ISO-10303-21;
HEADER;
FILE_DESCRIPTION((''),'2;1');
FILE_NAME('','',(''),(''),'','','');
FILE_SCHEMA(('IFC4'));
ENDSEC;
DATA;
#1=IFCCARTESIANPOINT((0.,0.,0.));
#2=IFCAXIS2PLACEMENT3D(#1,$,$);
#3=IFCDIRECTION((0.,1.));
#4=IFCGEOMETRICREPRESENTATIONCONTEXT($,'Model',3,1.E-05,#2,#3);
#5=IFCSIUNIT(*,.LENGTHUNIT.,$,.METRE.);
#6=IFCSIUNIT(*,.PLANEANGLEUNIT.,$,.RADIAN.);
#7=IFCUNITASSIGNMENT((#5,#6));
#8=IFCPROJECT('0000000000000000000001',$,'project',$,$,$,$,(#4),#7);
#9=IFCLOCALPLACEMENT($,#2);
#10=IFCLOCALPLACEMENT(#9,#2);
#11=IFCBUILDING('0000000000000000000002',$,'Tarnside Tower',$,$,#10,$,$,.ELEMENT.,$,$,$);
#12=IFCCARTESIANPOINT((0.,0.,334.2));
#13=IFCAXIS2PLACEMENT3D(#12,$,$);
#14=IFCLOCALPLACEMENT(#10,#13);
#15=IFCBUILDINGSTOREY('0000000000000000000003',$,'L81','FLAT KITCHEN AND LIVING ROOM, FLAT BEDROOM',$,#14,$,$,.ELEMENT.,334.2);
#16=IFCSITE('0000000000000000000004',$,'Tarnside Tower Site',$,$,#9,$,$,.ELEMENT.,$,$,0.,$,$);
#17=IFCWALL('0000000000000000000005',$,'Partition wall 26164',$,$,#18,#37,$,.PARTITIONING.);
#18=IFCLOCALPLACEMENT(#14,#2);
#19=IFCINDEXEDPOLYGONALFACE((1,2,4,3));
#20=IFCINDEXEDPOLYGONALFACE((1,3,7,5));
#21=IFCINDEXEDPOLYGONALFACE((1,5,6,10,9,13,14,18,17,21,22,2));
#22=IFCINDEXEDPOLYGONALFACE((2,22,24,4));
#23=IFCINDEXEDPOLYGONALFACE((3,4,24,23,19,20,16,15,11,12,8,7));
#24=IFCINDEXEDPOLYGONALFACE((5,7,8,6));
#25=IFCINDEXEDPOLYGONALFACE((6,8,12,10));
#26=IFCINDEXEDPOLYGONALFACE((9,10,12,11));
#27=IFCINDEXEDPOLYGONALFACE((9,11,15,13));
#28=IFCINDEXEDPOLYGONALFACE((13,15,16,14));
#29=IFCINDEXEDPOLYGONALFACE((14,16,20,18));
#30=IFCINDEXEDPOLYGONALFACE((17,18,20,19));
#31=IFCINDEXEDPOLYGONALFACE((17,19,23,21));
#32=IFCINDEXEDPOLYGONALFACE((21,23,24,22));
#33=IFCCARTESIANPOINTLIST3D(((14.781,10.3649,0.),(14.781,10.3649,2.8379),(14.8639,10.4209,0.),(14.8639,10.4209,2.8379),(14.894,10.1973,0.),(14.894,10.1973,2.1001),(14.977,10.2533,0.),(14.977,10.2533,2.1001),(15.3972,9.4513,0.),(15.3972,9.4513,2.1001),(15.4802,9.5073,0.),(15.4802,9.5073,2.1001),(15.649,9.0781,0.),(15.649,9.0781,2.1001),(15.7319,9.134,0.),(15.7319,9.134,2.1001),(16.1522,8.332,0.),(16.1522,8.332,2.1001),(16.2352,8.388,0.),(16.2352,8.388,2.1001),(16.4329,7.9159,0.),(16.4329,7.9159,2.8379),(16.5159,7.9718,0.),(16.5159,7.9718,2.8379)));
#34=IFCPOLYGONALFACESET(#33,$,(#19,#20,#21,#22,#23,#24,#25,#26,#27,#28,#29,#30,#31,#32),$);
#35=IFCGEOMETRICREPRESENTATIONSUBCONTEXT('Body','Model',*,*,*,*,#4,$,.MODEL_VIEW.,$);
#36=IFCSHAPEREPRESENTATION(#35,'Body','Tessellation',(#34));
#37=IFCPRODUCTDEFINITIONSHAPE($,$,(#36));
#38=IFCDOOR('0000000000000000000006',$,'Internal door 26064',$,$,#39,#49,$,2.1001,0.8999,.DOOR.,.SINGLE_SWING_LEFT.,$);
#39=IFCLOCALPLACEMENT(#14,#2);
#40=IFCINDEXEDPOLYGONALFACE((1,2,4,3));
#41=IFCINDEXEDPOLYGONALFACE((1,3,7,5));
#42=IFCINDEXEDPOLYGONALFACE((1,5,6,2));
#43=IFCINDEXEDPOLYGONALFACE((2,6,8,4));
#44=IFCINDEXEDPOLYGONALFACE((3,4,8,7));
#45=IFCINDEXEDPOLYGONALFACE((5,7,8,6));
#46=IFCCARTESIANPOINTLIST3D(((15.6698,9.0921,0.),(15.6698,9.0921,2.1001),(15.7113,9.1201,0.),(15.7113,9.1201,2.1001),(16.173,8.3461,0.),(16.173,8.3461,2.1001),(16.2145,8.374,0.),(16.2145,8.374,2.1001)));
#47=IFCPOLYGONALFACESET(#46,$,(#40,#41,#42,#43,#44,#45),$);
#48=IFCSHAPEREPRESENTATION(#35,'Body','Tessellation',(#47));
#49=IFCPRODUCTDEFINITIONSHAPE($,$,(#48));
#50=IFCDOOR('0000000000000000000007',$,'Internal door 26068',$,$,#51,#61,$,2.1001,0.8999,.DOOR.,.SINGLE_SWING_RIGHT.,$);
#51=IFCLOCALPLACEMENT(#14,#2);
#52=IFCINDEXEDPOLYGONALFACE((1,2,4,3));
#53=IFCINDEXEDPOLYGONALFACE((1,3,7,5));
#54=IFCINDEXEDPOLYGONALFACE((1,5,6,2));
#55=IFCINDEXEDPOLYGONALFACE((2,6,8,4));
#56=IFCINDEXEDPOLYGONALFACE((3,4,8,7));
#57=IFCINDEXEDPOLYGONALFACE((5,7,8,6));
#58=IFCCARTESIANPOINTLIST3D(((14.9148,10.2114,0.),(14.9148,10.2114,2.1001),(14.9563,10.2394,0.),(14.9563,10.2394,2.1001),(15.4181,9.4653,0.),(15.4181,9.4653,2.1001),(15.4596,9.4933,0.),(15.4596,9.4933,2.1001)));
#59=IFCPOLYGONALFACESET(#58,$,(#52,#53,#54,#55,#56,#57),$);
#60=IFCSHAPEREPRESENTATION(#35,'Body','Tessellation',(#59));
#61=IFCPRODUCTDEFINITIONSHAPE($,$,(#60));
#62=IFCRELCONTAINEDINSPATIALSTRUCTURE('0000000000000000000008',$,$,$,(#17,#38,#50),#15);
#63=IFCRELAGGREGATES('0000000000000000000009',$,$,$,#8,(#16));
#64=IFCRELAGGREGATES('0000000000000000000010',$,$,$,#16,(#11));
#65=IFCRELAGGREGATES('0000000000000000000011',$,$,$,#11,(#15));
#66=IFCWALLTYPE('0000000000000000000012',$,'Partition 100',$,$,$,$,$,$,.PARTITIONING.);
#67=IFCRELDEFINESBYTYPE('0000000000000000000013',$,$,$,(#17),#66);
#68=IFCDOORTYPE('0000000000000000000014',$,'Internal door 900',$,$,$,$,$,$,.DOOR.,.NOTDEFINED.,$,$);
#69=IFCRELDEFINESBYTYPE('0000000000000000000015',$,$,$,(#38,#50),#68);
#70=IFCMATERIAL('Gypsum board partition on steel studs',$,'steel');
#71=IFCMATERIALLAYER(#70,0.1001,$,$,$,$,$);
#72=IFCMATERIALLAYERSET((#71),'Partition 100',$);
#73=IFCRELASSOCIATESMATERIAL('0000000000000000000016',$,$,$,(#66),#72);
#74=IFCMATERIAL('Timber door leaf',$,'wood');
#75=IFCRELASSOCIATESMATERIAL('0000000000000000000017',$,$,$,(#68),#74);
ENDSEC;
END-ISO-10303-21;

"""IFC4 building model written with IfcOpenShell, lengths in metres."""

from ifc_helpers import new_model, si_unit, direction, frame, frame_2d, origin, place, context, subcontext, project, spatial, rectangle, extrude, material, layer, layer_set, type_object, element, fill, save


model = new_model("IFC4")

# Units and contexts
model_context = context("Model", 3, precision=1e-05, world=origin(), true_north=direction((0.0, 1.0)))
body_context = subcontext(model_context, "Body", "Model", "MODEL_VIEW")
ifc_project = project(units=[si_unit("LENGTHUNIT", "METRE"), si_unit("PLANEANGLEUNIT", "RADIAN")], contexts=[model_context])

# Site, building, storey
site_placement = place(None, origin())
site = spatial("IfcSite", under=ifc_project, at=site_placement, Name="Tarnside Tower Site", CompositionType="ELEMENT", RefElevation=0.0)
building_placement = place(site_placement, origin())
building = spatial("IfcBuilding", under=site, at=building_placement, Name="Tarnside Tower", CompositionType="ELEMENT")
storey_placement = place(building_placement, frame((0.0, 0.0, 334.2)))
storey = spatial("IfcBuildingStorey", under=building, at=storey_placement, Name="L81", Description="FLAT KITCHEN AND LIVING ROOM, FLAT BEDROOM", CompositionType="ELEMENT", Elevation=334.2)

# Shared definitions
ifc_material_1 = material(Name="Gypsum board partition on steel studs", Category="steel")

# Shared definitions
ifc_material_2 = material(Name="Timber door leaf", Category="wood")

# Shared definitions
ifc_layer_1 = layer(ifc_material_1, 0.1001)
ifc_layer_set_1 = layer_set([ifc_layer_1], Name="Partition 100")
wall_type_1 = type_object("IfcWallType", Name="Partition 100", PredefinedType="PARTITIONING", material=ifc_layer_set_1)
door_type_1 = type_object("IfcDoorType", Name="Internal door 900", OperationType="NOTDEFINED", PredefinedType="DOOR", material=ifc_material_2)

# Wall, openings, doors
wall_1_placement = place(storey_placement, frame((16.4744, 7.9438, 0.0), z_axis=(0.0, 0.0, 1.0), x_axis=(-0.559193, 0.829037, 0.0)))
wall_1 = element("IfcWall", 1, at=wall_1_placement, inside=storey, type_object=wall_type_1, Name="Partition wall 26164", PredefinedType="PARTITIONING", context=body_context, shape_type="SweptSolid", body=[
    extrude(rectangle(XDim=2.9541, YDim=0.1001, at=frame_2d((1.4771, 0.0))), origin(), (0.0, 0.0, 1.0), 2.8379),
])
opening_1_placement = place(wall_1_placement, frame((0.502, 0.0, 0.0)))
opening_1 = element("IfcOpeningElement", 2, at=opening_1_placement, cuts=wall_1, PredefinedType="OPENING", context=body_context, shape_type="SweptSolid", body=[
    extrude(rectangle(XDim=0.8999, YDim=2.1001, at=frame_2d((0.45, 1.05))), frame((0.0, 0.0601, 0.0), z_axis=(0.0, -1.0, 0.0), x_axis=(1.0, 0.0, 0.0)), (0.0, 0.0, 1.0), 0.1201),
])
opening_2_placement = place(wall_1_placement, frame((1.8521, 0.0, 0.0)))
opening_2 = element("IfcOpeningElement", 3, at=opening_2_placement, cuts=wall_1, PredefinedType="OPENING", context=body_context, shape_type="SweptSolid", body=[
    extrude(rectangle(XDim=0.8999, YDim=2.1001, at=frame_2d((0.45, 1.05))), frame((0.0, 0.0601, 0.0), z_axis=(0.0, -1.0, 0.0), x_axis=(1.0, 0.0, 0.0)), (0.0, 0.0, 1.0), 0.1201),
])
door_1_placement = place(opening_1_placement, origin())
door_1 = element("IfcDoor", 4, at=door_1_placement, inside=storey, type_object=door_type_1, Name="Internal door 26064", OperationType="SINGLE_SWING_LEFT", OverallHeight=2.1001, OverallWidth=0.8999, PredefinedType="DOOR", context=body_context, shape_type="SweptSolid", body=[
    extrude(rectangle(XDim=0.8999, YDim=2.1001, at=frame_2d((0.45, 1.05))), frame((0.0, 0.0249, 0.0), z_axis=(0.0, -1.0, 0.0), x_axis=(1.0, 0.0, 0.0)), (0.0, 0.0, 1.0), 0.05),
])
fill(opening_1, door_1)
door_2_placement = place(opening_2_placement, origin())
door_2 = element("IfcDoor", 5, at=door_2_placement, inside=storey, type_object=door_type_1, Name="Internal door 26068", OperationType="SINGLE_SWING_RIGHT", OverallHeight=2.1001, OverallWidth=0.8999, PredefinedType="DOOR", context=body_context, shape_type="SweptSolid", body=[
    extrude(rectangle(XDim=0.8999, YDim=2.1001, at=frame_2d((0.45, 1.05))), frame((0.0, 0.0249, 0.0), z_axis=(0.0, -1.0, 0.0), x_axis=(1.0, 0.0, 0.0)), (0.0, 0.0, 1.0), 0.05),
])
fill(opening_2, door_2)

save(model, "model.ifc")
